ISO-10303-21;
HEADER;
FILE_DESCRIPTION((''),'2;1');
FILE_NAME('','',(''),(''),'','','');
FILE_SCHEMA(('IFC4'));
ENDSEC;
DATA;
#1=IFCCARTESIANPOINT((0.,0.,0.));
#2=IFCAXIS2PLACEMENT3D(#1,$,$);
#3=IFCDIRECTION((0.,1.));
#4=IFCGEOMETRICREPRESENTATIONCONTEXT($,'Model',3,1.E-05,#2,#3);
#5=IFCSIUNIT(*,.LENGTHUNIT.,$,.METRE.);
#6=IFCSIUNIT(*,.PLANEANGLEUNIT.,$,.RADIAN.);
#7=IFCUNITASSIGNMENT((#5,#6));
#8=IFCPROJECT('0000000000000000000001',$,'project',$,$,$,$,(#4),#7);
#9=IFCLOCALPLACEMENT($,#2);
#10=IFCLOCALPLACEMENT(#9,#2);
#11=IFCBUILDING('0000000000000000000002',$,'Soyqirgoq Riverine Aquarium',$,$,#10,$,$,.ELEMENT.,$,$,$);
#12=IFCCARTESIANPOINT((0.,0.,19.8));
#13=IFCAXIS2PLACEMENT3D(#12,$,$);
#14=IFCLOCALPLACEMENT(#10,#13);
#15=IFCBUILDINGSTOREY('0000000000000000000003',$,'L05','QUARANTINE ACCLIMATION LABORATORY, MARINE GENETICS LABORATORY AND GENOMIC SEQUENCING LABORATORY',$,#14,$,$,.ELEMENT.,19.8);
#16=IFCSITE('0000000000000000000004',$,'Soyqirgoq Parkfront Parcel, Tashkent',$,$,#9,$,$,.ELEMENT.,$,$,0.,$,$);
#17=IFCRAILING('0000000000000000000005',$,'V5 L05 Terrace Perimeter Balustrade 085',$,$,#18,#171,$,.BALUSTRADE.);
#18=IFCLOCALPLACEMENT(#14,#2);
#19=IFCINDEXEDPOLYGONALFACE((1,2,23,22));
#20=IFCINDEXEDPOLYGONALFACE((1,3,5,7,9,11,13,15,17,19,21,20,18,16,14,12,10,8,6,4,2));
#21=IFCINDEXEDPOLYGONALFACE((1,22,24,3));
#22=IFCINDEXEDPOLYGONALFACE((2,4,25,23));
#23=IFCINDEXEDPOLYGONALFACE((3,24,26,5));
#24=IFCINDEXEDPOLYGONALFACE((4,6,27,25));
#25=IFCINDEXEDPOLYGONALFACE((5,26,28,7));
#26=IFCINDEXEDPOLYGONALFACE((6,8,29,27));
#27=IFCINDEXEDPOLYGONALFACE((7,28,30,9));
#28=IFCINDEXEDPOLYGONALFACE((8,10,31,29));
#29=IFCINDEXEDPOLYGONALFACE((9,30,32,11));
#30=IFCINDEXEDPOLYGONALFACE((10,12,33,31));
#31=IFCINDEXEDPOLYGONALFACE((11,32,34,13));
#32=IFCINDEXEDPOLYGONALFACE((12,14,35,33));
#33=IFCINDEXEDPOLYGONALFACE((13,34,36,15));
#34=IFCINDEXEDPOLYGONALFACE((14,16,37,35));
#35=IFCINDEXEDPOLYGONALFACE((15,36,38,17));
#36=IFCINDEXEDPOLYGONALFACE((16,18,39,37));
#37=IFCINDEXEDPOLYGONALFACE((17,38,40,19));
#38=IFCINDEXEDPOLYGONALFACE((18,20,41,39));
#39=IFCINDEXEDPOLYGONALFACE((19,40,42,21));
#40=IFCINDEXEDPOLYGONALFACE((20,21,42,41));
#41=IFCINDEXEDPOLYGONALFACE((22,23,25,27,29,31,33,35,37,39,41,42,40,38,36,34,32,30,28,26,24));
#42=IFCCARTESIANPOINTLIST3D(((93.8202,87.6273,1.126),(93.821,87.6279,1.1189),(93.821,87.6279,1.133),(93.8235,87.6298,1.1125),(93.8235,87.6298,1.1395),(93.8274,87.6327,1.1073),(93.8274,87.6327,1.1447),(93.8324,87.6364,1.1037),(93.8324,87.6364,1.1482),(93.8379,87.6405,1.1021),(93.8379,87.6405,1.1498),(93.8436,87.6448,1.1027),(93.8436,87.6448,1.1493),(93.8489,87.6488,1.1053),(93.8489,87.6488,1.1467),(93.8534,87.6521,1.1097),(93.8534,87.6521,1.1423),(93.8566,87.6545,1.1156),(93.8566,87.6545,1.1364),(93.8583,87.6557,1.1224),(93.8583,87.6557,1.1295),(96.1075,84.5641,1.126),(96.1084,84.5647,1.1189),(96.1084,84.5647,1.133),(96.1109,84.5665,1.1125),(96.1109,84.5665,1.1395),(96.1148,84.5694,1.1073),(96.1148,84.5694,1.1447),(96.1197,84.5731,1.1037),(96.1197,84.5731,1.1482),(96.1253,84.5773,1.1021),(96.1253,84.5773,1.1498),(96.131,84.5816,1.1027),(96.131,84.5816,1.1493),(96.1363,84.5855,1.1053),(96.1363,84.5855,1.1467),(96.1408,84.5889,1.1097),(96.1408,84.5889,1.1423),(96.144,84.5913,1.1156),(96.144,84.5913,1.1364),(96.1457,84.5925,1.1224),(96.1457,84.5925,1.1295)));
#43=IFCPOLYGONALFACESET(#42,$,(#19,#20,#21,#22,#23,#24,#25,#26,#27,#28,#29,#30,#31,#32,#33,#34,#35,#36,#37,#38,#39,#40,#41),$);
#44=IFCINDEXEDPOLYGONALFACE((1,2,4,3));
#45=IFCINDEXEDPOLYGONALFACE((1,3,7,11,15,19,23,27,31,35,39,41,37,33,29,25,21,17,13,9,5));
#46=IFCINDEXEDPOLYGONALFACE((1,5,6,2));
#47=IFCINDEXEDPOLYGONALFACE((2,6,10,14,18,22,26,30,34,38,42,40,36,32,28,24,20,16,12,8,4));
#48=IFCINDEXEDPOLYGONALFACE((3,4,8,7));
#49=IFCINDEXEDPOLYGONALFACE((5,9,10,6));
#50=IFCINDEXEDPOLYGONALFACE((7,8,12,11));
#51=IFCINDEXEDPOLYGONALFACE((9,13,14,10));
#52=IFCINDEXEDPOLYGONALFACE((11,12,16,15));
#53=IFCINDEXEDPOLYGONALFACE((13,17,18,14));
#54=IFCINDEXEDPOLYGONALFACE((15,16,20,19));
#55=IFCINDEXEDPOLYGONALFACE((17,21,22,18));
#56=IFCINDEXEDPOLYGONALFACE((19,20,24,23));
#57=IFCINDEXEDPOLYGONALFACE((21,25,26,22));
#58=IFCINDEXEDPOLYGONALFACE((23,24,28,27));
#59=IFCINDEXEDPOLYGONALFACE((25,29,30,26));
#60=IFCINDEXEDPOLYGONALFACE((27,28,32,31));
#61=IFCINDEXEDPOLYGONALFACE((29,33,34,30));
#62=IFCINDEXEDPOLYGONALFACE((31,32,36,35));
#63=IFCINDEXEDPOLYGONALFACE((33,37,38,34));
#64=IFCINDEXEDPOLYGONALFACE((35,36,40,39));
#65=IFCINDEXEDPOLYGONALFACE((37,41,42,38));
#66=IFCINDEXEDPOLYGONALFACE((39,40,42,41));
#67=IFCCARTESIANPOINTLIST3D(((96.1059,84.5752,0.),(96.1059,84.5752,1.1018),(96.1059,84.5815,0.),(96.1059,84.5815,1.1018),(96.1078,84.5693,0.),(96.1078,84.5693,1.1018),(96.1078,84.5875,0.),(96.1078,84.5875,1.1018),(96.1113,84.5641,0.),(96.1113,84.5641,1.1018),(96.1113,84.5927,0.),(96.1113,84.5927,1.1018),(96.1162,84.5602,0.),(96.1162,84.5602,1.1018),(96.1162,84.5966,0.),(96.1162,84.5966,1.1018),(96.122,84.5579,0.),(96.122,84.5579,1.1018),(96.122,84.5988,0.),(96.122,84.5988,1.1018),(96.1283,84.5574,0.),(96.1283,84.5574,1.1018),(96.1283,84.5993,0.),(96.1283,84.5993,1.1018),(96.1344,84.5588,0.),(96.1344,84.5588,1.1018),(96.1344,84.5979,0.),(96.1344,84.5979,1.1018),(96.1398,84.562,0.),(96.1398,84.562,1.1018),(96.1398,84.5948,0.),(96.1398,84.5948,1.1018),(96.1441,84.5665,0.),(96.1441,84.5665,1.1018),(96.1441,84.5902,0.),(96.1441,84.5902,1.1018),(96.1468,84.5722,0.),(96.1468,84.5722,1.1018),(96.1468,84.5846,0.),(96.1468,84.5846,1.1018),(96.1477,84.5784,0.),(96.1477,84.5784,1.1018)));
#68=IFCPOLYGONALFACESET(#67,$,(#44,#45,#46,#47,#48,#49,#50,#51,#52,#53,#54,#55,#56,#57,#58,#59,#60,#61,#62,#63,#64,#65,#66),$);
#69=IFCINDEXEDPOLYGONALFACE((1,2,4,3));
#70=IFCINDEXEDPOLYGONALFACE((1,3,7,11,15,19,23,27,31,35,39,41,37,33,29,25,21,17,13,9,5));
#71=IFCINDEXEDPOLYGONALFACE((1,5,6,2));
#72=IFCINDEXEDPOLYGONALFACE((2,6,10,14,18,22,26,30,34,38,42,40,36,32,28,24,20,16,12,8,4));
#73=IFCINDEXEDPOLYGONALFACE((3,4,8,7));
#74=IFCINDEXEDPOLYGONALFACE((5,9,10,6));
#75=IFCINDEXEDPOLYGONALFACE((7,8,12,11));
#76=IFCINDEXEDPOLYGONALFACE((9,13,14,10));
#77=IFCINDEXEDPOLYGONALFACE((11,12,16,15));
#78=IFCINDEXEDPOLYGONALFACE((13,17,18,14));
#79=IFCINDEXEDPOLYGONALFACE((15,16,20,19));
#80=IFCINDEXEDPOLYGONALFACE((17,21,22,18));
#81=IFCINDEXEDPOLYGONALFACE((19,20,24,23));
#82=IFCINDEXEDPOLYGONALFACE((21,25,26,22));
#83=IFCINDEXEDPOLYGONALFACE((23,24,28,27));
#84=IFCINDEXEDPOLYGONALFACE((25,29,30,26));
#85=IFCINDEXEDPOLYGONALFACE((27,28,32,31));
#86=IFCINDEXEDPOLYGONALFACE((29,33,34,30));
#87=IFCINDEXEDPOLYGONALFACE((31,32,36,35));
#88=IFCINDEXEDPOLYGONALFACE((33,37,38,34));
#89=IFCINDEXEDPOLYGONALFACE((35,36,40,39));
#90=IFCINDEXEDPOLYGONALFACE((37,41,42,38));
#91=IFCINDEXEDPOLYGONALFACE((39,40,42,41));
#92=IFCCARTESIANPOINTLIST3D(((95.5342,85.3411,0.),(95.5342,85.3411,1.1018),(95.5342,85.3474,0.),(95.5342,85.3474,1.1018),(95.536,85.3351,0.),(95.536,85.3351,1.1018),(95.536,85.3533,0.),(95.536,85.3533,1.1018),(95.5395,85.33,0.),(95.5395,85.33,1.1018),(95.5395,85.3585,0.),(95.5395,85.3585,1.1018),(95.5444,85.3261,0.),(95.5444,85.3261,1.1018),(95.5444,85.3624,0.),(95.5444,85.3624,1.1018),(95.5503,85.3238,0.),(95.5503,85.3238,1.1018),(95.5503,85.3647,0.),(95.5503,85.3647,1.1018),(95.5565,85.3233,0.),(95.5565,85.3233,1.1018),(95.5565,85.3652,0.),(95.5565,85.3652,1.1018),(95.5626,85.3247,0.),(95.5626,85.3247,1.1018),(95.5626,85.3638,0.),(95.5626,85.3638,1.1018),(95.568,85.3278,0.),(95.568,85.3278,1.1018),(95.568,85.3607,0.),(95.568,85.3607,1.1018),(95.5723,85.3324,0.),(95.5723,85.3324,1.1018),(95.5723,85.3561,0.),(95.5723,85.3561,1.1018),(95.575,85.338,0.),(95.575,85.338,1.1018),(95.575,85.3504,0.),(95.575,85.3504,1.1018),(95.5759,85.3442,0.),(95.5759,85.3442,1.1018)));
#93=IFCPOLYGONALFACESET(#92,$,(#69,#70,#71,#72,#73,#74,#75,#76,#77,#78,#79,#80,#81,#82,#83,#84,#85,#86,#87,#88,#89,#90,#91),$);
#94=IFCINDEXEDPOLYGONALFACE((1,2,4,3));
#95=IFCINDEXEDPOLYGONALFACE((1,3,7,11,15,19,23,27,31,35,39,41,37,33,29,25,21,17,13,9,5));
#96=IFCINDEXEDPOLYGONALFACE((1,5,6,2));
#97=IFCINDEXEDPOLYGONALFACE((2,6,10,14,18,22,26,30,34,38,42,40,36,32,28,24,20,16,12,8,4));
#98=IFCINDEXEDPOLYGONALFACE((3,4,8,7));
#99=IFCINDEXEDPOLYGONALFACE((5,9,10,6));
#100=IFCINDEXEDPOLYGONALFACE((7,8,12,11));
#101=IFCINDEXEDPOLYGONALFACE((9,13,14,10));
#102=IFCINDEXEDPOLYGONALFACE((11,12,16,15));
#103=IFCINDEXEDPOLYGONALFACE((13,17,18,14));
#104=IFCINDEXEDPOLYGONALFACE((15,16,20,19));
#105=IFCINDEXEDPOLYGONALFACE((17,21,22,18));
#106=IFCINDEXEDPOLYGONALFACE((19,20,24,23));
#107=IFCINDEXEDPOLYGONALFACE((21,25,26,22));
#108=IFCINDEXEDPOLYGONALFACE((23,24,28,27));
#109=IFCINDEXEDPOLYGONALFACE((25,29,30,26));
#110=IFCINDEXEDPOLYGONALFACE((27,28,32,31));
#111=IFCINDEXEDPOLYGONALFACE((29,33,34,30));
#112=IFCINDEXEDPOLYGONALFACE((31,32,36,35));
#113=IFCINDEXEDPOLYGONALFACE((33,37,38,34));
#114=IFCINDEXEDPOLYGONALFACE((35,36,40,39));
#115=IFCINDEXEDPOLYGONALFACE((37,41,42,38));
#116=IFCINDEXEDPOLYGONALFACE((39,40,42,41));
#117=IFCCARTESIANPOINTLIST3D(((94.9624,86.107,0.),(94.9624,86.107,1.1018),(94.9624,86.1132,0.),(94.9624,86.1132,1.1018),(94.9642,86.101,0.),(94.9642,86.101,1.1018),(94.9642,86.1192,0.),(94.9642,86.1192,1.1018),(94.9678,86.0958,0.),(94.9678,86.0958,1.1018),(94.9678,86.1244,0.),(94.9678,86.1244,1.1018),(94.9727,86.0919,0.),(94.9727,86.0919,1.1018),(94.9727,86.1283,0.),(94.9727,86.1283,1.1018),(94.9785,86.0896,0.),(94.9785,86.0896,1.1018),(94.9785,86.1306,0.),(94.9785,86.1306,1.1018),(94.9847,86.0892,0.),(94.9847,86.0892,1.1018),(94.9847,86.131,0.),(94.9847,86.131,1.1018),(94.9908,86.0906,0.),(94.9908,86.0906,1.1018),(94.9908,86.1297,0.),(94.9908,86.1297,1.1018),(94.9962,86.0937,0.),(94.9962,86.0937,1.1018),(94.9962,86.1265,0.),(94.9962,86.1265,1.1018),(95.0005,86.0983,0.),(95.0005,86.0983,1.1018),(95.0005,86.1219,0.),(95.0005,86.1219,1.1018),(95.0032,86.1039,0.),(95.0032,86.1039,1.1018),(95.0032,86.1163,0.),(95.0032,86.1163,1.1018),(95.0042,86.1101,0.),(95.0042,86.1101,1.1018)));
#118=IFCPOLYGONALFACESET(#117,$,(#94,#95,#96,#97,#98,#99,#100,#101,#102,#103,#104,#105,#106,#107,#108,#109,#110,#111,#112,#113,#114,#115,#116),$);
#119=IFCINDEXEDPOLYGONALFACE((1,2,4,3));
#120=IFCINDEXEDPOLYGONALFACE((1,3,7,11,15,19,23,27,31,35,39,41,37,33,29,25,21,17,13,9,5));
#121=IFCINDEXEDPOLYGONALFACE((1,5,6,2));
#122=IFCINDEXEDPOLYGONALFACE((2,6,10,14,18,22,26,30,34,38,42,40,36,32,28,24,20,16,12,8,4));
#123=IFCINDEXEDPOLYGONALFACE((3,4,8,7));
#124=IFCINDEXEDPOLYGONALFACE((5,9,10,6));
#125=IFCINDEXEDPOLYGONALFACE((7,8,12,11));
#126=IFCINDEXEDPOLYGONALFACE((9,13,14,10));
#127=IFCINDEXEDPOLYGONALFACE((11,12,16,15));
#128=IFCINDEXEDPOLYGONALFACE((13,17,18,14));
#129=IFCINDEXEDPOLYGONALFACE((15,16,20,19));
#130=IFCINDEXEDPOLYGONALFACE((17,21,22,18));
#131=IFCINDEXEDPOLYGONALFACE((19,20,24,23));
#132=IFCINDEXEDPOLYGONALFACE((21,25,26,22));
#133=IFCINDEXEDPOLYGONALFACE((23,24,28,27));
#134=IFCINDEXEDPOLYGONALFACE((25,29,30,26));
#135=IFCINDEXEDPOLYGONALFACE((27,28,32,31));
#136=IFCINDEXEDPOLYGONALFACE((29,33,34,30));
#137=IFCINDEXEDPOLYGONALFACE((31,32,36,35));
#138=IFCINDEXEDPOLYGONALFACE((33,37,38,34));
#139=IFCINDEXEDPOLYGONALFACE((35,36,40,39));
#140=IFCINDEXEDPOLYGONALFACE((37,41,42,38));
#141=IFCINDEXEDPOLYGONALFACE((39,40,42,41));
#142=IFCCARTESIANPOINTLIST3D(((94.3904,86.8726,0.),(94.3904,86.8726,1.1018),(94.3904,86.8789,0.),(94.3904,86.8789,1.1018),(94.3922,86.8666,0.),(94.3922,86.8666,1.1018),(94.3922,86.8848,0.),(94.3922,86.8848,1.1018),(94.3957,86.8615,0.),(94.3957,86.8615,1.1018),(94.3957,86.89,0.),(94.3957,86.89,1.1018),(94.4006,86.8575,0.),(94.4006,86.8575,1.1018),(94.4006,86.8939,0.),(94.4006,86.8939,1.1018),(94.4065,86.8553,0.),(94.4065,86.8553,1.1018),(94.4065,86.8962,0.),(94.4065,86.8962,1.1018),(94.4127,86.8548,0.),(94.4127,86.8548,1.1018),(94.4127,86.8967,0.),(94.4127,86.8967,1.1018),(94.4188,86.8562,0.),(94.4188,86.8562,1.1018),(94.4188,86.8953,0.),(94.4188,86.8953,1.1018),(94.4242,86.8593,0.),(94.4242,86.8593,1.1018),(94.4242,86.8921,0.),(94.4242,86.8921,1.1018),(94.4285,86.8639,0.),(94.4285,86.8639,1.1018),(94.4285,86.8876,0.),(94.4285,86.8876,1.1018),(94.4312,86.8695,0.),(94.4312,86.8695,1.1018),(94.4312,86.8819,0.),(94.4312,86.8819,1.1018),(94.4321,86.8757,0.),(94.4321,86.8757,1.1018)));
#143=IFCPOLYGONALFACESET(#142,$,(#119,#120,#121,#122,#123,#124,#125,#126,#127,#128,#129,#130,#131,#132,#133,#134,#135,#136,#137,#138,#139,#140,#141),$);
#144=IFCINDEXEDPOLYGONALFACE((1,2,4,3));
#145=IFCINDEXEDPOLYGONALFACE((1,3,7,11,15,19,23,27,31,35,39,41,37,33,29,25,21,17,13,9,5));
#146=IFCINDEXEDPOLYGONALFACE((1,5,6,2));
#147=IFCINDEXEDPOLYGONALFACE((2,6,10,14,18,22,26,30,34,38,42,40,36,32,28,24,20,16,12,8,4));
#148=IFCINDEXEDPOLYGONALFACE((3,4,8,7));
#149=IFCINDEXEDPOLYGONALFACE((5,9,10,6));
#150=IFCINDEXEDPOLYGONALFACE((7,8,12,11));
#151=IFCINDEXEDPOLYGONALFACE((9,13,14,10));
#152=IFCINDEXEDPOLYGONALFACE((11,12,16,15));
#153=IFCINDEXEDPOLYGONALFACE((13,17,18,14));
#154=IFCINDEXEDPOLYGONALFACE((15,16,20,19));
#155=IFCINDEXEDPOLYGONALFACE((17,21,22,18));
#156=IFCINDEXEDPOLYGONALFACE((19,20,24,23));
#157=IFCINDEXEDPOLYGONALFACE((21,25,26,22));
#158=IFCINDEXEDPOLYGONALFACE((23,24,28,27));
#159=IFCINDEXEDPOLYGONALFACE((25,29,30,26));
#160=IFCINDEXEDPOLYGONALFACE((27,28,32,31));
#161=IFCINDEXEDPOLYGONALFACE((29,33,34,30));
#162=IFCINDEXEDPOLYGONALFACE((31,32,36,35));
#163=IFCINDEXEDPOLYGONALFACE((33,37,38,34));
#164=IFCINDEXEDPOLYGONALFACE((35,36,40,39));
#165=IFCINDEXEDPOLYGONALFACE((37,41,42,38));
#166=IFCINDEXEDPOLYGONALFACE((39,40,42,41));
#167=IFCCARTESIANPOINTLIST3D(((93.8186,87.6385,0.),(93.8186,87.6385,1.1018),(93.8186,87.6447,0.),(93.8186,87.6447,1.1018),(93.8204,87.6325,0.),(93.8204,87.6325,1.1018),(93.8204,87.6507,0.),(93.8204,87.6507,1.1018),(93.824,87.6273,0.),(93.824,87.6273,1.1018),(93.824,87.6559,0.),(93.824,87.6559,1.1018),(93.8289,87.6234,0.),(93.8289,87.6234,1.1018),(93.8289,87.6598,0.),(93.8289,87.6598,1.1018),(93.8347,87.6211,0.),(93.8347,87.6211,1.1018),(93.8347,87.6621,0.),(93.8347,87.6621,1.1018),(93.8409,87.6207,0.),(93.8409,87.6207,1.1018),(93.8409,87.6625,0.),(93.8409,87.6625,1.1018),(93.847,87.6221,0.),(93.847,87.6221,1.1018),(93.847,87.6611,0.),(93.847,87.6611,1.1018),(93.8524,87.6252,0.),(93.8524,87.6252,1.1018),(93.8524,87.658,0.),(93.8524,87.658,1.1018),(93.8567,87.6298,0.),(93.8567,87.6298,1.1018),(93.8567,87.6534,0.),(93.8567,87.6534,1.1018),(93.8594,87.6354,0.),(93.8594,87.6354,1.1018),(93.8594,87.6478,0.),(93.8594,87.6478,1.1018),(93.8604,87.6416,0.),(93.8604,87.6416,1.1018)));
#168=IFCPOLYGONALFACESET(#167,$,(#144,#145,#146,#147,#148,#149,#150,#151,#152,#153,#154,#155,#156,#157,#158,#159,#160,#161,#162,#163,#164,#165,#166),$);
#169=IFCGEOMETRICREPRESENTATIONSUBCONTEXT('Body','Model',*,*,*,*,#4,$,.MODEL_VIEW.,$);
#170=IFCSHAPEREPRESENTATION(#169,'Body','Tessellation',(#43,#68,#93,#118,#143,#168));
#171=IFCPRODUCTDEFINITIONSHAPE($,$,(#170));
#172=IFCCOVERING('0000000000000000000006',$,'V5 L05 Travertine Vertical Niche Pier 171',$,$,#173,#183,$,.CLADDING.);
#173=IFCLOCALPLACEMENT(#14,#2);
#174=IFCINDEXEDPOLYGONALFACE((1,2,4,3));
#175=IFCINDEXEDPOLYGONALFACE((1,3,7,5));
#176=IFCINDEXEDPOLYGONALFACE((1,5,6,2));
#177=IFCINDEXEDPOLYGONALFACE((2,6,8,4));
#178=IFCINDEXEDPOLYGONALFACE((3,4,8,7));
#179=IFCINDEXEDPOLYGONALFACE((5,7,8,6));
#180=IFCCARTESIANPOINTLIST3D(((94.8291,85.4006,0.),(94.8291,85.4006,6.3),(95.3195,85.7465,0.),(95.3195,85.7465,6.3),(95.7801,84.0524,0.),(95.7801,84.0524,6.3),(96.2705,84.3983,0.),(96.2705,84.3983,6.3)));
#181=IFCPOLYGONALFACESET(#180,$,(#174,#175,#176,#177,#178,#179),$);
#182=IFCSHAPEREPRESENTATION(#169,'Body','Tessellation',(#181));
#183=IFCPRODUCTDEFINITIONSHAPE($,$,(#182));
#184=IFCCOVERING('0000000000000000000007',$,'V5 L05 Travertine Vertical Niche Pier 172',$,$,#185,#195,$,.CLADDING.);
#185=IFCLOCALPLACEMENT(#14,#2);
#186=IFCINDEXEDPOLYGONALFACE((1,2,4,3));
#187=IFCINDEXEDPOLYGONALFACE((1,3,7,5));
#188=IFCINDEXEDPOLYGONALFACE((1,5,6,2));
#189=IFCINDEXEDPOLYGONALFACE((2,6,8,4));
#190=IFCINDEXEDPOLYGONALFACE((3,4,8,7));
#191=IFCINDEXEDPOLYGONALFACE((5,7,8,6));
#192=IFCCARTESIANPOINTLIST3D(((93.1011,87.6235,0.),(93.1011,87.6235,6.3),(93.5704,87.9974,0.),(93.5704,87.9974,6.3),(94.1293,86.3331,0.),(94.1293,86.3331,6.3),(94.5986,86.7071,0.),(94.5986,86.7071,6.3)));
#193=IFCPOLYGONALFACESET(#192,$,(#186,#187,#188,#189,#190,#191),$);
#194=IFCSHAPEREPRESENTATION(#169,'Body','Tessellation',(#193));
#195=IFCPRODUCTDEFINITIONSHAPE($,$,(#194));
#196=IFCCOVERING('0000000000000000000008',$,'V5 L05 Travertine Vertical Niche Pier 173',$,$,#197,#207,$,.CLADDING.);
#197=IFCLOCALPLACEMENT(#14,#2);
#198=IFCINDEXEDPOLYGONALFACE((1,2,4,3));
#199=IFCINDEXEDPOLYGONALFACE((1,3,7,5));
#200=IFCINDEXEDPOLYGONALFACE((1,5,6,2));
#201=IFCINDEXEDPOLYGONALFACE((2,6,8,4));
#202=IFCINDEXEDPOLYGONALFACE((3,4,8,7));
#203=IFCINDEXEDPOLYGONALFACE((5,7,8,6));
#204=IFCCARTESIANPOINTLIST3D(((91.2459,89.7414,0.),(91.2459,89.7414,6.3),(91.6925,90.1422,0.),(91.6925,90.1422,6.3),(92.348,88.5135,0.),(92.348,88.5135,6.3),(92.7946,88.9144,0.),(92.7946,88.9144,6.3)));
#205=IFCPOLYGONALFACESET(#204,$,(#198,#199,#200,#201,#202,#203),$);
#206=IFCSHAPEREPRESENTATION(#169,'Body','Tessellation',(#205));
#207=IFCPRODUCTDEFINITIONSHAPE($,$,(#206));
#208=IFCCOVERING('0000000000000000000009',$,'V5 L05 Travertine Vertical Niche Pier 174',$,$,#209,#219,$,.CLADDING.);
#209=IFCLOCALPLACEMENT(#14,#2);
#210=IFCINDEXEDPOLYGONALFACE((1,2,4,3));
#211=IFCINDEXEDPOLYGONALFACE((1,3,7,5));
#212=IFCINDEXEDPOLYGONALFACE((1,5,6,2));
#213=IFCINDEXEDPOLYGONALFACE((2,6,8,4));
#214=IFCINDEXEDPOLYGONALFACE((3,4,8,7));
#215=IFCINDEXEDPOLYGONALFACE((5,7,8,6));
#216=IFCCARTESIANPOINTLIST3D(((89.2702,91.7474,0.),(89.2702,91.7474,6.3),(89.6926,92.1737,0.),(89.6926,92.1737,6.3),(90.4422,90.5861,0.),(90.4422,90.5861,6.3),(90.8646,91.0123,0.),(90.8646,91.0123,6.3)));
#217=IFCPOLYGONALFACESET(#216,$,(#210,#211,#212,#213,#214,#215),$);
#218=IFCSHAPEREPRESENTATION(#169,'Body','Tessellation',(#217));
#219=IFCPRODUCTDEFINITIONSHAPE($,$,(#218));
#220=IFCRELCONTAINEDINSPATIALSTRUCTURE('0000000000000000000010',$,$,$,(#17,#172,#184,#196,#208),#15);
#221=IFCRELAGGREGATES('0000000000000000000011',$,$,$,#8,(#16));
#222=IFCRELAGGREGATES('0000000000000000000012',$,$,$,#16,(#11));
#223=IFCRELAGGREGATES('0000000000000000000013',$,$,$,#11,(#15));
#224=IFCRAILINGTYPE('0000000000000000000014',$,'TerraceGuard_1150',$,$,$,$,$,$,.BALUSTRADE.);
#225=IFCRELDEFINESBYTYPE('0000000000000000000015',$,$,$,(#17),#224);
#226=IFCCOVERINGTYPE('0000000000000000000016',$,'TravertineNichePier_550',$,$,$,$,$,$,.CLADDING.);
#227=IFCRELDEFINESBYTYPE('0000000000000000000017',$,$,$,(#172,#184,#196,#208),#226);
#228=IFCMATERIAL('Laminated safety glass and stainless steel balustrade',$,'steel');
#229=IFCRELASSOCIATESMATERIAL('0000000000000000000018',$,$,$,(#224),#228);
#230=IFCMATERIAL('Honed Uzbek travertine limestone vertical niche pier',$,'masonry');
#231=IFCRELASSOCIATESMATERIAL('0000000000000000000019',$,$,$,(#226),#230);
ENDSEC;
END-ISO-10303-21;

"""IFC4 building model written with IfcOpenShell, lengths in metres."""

from ifc_helpers import new_model, si_unit, direction, frame, origin, origin_2d, place, context, subcontext, project, spatial, rectangle, circle, extrude, material, type_object, element, save


model = new_model("IFC4")

# Units and contexts
model_context = context("Model", 3, precision=1e-05, world=origin(), true_north=direction((0.0, 1.0)))
body_context = subcontext(model_context, "Body", "Model", "MODEL_VIEW")
ifc_project = project(units=[si_unit("LENGTHUNIT", "METRE"), si_unit("PLANEANGLEUNIT", "RADIAN")], contexts=[model_context])

# Site, building, storey
site_placement = place(None, origin())
site = spatial("IfcSite", under=ifc_project, at=site_placement, Name="Soyqirgoq Parkfront Parcel, Tashkent", CompositionType="ELEMENT", RefElevation=0.0)
building_placement = place(site_placement, origin())
building = spatial("IfcBuilding", under=site, at=building_placement, Name="Soyqirgoq Riverine Aquarium", CompositionType="ELEMENT")
storey_placement = place(building_placement, frame((0.0, 0.0, 19.8)))
storey = spatial("IfcBuildingStorey", under=building, at=storey_placement, Name="L05", Description="QUARANTINE ACCLIMATION LABORATORY, MARINE GENETICS LABORATORY AND GENOMIC SEQUENCING LABORATORY", CompositionType="ELEMENT", Elevation=19.8)

# Railing
ifc_material_1 = material(Name="Laminated safety glass and stainless steel balustrade", Category="steel")
railing_type = type_object("IfcRailingType", Name="TerraceGuard_1150", PredefinedType="BALUSTRADE", material=ifc_material_1)
railing_1_placement = place(storey_placement, frame((96.1267, 84.5784, 0.0)))
element("IfcRailing", 1, at=railing_1_placement, inside=storey, type_object=railing_type, Name="V5 L05 Terrace Perimeter Balustrade 085", PredefinedType="BALUSTRADE", context=body_context, shape_type="SweptSolid", body=[
    extrude(circle(Radius=0.0239, at=origin_2d()), frame((0.0, 0.0, 1.126), z_axis=(-0.598313, 0.801263, 0.0), x_axis=(-0.801263, -0.598313, 0.0)), (0.0, 0.0, 1.0), 3.823),
    extrude(circle(Radius=0.021, at=origin_2d()), origin(), (0.0, 0.0, 1.0), 1.1018),
    extrude(circle(Radius=0.021, at=origin_2d()), frame((-0.5718, 0.7659, 0.0)), (0.0, 0.0, 1.0), 1.1018),
    extrude(circle(Radius=0.021, at=origin_2d()), frame((-1.1436, 1.5317, 0.0)), (0.0, 0.0, 1.0), 1.1018),
    extrude(circle(Radius=0.021, at=origin_2d()), frame((-1.7156, 2.2974, 0.0)), (0.0, 0.0, 1.0), 1.1018),
    extrude(circle(Radius=0.021, at=origin_2d()), frame((-2.2874, 3.0632, 0.0)), (0.0, 0.0, 1.0), 1.1018),
])

# Coverings
ifc_material_2 = material(Name="Honed Uzbek travertine limestone vertical niche pier", Category="masonry")
covering_type = type_object("IfcCoveringType", Name="TravertineNichePier_550", PredefinedType="CLADDING", material=ifc_material_2)
for number, where, z_axis, x_axis, name in (
    (2, (95.5498, 84.8994, 0.0), (0.0, 0.0, 1.0), (0.817145, 0.576432, 0.0), "V5 L05 Travertine Vertical Niche Pier 171"),
    (3, (93.8499, 87.1653, 0.0), (0.0, 0.0, 1.0), (0.782065, 0.623197, 0.0), "V5 L05 Travertine Vertical Niche Pier 172"),
    (4, (92.0203, 89.3279, 0.0), (0.0, 0.0, 1.0), (0.744195, 0.667962, 0.0), "V5 L05 Travertine Vertical Niche Pier 173"),
    (5, (90.0674, 91.3799, 0.0), (0.0, 0.0, 1.0), (0.703891, 0.710308, 0.0), "V5 L05 Travertine Vertical Niche Pier 174"),
):
    element("IfcCovering", number, at=place(storey_placement, frame(where, z_axis=z_axis, x_axis=x_axis)), inside=storey, type_object=covering_type, Name=name, PredefinedType="CLADDING", context=body_context, shape_type="SweptSolid", body=[
        extrude(rectangle(XDim=0.6001, YDim=1.6499, at=origin_2d()), origin(), (0.0, 0.0, 1.0), 6.3),
    ])

save(model, "model.ifc")
